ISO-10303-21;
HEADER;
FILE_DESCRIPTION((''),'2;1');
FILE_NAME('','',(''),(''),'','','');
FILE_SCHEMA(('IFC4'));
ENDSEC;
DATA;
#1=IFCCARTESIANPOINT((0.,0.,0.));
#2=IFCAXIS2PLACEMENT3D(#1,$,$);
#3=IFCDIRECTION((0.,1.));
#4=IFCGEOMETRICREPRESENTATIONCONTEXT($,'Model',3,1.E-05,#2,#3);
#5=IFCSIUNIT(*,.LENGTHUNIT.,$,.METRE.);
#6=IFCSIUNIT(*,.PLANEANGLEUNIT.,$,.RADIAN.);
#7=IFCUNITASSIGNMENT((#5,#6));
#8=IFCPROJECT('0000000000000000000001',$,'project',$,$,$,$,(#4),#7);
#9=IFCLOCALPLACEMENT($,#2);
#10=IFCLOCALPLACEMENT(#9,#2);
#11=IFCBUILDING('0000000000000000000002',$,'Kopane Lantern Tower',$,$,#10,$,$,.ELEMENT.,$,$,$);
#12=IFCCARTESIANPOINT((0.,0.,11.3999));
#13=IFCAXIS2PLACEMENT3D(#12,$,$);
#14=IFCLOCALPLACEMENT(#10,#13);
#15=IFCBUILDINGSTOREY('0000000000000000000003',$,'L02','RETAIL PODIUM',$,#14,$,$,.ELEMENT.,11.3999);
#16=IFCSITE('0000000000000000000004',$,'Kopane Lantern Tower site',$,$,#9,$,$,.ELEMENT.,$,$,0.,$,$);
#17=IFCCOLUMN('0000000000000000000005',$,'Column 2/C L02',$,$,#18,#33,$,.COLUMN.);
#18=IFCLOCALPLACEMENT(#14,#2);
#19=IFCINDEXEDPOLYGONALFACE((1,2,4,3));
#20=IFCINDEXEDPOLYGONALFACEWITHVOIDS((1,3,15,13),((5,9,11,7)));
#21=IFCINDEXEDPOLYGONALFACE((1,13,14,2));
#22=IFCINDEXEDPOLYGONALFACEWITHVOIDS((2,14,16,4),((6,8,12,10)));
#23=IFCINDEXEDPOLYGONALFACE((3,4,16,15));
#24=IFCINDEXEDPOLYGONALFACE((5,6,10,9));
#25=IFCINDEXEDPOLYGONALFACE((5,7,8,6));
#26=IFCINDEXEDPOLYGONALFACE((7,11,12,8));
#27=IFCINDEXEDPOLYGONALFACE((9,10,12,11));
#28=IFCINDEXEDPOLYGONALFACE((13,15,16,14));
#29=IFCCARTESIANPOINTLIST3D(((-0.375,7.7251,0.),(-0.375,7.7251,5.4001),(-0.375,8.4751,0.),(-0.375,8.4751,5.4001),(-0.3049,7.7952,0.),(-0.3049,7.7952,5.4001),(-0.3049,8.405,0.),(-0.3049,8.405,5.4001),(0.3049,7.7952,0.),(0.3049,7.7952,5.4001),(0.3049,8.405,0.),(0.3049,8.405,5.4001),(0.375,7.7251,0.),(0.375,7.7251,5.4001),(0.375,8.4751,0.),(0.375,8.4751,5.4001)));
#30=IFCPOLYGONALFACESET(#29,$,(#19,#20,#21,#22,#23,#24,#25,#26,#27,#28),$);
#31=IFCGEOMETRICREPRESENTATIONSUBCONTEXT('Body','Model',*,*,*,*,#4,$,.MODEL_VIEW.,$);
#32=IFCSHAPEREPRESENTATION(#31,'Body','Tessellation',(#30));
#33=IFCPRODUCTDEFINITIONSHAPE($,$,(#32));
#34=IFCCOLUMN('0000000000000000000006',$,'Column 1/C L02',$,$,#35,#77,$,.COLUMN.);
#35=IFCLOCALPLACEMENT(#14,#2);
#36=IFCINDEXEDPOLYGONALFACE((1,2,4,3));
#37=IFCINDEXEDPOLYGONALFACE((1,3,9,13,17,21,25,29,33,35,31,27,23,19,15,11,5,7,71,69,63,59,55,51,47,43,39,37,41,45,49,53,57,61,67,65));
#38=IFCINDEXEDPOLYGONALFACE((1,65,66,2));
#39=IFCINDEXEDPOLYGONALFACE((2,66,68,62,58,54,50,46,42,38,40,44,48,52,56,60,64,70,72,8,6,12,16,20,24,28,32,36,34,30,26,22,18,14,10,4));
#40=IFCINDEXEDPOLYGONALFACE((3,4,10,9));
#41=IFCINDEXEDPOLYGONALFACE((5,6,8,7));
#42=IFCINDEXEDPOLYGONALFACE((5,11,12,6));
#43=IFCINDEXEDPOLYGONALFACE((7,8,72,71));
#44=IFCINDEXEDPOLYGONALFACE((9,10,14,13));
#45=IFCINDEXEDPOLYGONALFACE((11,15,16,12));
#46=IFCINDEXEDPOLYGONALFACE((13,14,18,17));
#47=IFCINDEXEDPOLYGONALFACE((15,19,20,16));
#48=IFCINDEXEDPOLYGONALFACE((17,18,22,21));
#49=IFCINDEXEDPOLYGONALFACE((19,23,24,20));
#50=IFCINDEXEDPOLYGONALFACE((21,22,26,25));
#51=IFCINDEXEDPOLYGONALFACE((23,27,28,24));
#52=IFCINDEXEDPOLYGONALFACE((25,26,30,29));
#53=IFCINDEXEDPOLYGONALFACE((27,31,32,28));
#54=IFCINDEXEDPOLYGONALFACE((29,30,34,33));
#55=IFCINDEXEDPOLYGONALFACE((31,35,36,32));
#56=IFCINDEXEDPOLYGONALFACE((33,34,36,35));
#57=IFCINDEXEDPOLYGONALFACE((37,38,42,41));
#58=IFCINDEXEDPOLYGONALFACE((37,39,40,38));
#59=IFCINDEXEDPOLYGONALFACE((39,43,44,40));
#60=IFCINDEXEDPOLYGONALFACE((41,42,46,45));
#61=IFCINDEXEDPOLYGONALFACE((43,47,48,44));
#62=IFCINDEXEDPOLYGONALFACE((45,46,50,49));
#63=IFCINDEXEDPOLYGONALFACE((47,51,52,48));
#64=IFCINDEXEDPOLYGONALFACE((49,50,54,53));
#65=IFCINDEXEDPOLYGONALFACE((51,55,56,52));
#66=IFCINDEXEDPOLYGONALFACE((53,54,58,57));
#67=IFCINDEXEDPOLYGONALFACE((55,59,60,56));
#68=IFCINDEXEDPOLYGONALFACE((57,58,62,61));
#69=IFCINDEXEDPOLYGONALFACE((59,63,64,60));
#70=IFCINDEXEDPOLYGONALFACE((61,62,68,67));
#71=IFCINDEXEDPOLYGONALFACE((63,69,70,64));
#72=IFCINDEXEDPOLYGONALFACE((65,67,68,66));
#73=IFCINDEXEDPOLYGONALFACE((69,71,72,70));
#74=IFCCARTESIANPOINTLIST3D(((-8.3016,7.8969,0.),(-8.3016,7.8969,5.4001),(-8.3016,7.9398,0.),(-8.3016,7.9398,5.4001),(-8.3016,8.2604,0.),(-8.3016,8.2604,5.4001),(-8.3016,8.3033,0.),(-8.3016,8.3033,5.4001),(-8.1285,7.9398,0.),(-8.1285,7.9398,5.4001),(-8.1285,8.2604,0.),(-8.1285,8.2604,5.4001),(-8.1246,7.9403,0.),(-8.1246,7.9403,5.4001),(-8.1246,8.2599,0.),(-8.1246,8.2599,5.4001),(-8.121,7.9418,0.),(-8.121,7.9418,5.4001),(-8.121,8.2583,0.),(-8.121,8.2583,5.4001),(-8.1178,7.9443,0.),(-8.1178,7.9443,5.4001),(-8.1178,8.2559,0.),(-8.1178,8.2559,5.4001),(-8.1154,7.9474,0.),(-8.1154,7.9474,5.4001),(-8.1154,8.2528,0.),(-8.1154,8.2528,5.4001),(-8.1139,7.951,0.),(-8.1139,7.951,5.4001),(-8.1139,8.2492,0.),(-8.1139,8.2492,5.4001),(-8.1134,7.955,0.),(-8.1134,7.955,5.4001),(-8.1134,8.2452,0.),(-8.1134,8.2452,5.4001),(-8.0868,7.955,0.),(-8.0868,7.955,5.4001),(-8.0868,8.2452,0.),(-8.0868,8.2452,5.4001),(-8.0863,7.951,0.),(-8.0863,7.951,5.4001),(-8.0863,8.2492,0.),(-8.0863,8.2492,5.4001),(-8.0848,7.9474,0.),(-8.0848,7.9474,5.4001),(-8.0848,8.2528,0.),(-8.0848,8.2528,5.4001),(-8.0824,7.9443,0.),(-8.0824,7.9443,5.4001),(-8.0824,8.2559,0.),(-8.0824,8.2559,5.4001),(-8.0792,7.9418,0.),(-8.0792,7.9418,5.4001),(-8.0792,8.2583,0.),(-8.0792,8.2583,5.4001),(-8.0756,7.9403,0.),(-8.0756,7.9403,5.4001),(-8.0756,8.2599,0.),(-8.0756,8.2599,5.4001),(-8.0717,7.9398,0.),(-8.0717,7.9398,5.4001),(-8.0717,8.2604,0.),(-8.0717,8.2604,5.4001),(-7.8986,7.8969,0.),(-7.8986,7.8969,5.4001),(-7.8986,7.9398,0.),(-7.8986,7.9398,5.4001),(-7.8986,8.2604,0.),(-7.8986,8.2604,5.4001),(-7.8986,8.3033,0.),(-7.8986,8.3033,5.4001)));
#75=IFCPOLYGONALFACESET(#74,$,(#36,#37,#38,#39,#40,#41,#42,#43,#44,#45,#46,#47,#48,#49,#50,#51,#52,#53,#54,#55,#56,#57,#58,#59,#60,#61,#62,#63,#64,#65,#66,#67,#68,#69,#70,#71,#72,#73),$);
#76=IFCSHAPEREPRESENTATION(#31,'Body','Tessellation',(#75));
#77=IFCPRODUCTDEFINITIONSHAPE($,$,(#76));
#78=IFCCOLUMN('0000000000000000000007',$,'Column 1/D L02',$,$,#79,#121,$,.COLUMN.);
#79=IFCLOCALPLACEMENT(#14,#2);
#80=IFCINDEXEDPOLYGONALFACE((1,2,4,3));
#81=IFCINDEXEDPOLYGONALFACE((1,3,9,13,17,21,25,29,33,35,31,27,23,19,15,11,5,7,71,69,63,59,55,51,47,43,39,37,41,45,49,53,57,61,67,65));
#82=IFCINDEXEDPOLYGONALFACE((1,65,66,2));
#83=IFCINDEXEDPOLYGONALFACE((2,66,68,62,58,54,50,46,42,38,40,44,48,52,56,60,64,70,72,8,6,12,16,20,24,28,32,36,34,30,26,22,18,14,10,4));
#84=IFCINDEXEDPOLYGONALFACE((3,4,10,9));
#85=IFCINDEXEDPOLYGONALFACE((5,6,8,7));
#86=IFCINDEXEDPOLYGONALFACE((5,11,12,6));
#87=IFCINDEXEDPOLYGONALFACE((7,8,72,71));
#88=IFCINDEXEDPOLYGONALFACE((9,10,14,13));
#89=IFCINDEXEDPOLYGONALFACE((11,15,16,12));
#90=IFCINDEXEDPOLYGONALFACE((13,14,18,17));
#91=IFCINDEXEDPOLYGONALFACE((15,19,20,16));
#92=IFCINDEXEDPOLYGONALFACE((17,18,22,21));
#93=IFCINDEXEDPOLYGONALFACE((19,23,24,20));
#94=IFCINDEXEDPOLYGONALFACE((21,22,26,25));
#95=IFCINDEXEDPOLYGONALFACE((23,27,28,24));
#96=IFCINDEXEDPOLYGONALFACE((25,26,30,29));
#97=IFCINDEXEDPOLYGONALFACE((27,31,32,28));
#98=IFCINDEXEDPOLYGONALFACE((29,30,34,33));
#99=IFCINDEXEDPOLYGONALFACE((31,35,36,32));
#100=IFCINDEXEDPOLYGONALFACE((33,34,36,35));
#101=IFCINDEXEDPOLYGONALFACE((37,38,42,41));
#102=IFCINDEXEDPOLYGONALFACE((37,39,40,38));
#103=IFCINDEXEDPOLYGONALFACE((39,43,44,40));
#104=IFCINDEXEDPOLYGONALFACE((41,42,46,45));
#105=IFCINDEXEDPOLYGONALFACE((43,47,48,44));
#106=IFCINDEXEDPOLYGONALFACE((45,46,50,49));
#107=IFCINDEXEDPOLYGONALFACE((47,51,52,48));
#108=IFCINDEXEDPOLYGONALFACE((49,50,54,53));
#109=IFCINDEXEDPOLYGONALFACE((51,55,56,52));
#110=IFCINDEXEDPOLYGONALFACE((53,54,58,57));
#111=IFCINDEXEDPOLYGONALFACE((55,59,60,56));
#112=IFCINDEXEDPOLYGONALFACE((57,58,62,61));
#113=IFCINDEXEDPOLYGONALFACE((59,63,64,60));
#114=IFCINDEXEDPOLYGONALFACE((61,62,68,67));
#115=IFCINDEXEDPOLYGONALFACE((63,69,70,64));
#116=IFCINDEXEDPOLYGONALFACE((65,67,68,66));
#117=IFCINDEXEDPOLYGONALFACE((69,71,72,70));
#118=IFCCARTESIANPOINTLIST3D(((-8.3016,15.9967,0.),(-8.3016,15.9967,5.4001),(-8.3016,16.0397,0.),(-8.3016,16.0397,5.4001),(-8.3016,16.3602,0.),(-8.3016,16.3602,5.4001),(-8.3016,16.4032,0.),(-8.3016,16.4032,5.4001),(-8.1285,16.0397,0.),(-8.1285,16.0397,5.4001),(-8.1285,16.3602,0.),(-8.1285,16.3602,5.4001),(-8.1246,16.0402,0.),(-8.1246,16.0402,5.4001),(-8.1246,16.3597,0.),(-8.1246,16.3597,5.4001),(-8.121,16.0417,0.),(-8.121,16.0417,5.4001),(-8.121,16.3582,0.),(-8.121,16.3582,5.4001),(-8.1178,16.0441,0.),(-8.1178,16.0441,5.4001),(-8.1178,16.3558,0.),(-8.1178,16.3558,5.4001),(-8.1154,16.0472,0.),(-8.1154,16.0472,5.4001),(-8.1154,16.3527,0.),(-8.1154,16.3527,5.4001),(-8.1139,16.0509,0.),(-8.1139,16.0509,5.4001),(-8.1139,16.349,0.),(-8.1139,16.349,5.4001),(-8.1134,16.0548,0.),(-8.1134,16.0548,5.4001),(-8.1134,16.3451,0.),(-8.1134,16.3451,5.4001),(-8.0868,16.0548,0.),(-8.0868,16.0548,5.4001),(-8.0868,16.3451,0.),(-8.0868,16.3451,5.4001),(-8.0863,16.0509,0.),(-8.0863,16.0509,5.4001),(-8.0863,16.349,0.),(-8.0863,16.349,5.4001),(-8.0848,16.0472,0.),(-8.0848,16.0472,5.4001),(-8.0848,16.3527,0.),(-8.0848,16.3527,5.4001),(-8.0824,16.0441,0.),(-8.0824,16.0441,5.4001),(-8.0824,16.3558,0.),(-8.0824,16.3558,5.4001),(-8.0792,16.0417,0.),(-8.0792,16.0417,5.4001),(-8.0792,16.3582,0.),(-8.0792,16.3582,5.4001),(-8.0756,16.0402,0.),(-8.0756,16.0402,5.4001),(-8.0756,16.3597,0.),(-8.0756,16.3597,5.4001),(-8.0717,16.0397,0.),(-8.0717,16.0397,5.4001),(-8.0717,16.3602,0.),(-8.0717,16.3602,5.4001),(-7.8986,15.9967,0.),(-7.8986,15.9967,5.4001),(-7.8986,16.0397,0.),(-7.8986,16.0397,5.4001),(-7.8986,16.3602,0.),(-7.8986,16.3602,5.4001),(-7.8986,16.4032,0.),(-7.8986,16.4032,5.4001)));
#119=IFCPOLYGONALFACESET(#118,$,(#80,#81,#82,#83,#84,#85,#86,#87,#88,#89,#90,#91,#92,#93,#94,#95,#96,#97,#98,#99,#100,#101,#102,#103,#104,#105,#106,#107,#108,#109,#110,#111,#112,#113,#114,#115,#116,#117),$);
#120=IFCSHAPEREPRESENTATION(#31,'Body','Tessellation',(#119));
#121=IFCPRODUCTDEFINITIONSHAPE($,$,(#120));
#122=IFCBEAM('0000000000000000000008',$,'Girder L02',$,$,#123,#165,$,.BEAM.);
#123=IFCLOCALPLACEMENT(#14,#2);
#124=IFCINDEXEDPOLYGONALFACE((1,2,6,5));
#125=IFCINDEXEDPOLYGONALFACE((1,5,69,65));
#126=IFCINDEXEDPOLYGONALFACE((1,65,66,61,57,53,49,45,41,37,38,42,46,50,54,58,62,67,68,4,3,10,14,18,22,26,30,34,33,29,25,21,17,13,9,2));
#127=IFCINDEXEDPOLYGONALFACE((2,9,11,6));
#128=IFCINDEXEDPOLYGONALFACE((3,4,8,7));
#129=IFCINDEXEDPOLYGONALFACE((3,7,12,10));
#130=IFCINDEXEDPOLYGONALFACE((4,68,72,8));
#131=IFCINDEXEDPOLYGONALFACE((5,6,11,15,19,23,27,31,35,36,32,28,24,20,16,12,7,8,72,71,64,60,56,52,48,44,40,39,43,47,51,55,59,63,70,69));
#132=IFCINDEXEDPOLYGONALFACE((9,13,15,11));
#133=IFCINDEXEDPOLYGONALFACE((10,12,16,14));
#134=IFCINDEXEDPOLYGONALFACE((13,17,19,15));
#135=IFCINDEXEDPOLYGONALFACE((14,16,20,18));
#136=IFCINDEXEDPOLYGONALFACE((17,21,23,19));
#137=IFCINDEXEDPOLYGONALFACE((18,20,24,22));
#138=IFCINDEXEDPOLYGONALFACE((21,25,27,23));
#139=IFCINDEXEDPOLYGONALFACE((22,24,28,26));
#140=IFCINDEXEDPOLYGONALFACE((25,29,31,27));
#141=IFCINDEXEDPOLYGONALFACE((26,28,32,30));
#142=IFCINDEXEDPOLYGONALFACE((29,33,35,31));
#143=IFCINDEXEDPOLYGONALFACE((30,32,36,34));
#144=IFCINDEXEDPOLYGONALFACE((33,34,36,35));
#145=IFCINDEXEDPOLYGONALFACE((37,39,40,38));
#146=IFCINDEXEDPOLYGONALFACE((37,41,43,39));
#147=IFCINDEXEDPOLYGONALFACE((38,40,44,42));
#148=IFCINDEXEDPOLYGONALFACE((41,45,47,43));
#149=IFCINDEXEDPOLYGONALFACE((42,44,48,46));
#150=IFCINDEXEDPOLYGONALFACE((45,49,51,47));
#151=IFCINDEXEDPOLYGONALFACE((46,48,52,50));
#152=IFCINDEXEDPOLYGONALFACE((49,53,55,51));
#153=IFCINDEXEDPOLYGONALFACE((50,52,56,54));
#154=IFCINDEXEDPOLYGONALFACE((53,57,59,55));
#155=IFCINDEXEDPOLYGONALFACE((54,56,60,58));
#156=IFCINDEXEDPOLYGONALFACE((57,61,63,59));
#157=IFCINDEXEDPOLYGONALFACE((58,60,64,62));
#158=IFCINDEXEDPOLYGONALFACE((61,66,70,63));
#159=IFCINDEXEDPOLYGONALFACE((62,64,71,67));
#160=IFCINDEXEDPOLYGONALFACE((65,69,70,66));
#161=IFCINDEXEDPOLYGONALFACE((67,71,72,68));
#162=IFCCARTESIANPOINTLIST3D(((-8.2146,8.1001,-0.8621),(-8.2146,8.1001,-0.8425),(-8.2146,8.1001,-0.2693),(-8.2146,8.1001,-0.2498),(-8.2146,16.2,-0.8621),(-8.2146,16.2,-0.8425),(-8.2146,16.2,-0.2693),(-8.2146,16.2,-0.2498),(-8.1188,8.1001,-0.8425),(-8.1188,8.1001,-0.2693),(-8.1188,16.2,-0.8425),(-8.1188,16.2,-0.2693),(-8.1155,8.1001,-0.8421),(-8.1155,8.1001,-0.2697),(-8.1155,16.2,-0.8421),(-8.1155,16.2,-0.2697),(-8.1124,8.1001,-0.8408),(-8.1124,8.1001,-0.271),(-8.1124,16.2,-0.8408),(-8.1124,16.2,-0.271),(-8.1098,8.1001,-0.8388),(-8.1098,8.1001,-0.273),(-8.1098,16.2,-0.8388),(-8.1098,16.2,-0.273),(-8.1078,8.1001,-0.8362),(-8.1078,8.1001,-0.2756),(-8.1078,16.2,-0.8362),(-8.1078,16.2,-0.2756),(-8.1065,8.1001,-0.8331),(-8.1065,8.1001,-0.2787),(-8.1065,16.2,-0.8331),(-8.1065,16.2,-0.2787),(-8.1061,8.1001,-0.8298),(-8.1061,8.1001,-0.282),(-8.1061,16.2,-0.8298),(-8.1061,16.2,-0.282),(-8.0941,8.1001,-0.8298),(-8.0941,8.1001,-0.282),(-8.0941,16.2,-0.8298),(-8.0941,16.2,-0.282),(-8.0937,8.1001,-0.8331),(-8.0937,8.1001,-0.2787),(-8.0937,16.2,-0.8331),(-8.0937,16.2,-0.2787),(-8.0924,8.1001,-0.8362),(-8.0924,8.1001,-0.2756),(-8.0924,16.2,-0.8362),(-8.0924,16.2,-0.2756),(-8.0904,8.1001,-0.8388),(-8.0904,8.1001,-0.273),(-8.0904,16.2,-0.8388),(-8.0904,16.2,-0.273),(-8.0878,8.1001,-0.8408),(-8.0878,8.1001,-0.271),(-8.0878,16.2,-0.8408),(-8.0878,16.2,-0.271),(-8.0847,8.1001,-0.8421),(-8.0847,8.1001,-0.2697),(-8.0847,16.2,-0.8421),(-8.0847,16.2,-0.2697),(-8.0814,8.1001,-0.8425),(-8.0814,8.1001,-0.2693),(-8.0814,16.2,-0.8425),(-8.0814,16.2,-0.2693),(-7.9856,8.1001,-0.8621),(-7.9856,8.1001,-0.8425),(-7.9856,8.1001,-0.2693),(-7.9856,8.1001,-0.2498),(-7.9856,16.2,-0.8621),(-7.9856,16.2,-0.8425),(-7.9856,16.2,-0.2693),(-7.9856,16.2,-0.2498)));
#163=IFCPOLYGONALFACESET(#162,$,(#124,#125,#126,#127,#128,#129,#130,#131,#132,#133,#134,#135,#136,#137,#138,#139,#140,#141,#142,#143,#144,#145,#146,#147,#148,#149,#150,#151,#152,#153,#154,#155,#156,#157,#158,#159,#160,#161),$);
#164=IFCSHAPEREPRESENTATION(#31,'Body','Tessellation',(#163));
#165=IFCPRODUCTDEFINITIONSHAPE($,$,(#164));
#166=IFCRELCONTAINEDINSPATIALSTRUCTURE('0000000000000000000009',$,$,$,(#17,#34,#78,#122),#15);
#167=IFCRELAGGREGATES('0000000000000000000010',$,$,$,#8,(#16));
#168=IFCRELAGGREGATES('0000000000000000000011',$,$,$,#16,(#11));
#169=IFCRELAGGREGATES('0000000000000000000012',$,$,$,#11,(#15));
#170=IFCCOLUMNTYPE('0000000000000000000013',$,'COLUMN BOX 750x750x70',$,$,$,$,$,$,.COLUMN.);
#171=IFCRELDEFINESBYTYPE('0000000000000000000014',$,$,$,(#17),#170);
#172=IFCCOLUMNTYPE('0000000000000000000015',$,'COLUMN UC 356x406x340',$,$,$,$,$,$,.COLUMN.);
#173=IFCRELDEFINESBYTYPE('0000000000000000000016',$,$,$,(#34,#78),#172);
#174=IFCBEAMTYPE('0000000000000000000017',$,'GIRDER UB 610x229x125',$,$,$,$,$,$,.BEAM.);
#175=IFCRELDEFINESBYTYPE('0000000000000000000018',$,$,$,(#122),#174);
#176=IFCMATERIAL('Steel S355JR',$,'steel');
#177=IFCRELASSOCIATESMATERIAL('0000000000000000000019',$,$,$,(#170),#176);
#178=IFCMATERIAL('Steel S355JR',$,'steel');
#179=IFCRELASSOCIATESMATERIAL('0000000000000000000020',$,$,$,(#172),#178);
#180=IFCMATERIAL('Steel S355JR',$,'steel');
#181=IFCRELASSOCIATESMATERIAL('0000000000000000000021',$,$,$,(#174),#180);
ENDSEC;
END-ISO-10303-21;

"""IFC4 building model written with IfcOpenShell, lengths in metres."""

from ifc_helpers import new_model, si_unit, direction, frame, origin, origin_2d, place, context, subcontext, project, spatial, hollow_rectangle, i_section, extrude, material, material_profile, profile_set, type_object, element, save


model = new_model("IFC4")

# Units and contexts
model_context = context("Model", 3, precision=1e-05, world=origin(), true_north=direction((0.0, 1.0)))
body_context = subcontext(model_context, "Body", "Model", "MODEL_VIEW")
ifc_project = project(units=[si_unit("LENGTHUNIT", "METRE"), si_unit("PLANEANGLEUNIT", "RADIAN")], contexts=[model_context])

# Site, building, storey
site_placement = place(None, origin())
site = spatial("IfcSite", under=ifc_project, at=site_placement, Name="Kopane Lantern Tower site", CompositionType="ELEMENT", RefElevation=0.0)
building_placement = place(site_placement, origin())
building = spatial("IfcBuilding", under=site, at=building_placement, Name="Kopane Lantern Tower", CompositionType="ELEMENT")
storey_placement = place(building_placement, frame((0.0, 0.0, 11.3999)))
storey = spatial("IfcBuildingStorey", under=building, at=storey_placement, Name="L02", Description="RETAIL PODIUM", CompositionType="ELEMENT", Elevation=11.3999)

# Columns
ifc_material_1 = material(Name="Steel S355JR", Category="steel")
ifc_material_profile_1 = material_profile(ifc_material_1, hollow_rectangle(XDim=0.75, YDim=0.75, WallThickness=0.0701, at=origin_2d()), Name="BOX 750x750x70")
ifc_profile_set_1 = profile_set([ifc_material_profile_1], Name="Steel S355JR")
column_type_1 = type_object("IfcColumnType", Name="COLUMN BOX 750x750x70", PredefinedType="COLUMN", material=ifc_profile_set_1)
column_placement = place(storey_placement, frame((0.0, 8.1001, 0.0), z_axis=(0.0, 0.0, 1.0), x_axis=(1.0, 0.0, 0.0)))
element("IfcColumn", 1, at=column_placement, inside=storey, type_object=column_type_1, Name="Column 2/C L02", PredefinedType="COLUMN", context=body_context, shape_type="SweptSolid", body=[
    extrude(hollow_rectangle(XDim=0.75, YDim=0.75, WallThickness=0.0701, at=origin_2d()), origin(), (0.0, 0.0, 1.0), 5.4001),
])
ifc_material_2 = material(Name="Steel S355JR", Category="steel")
ifc_material_profile_2 = material_profile(ifc_material_2, i_section(OverallWidth=0.4031, OverallDepth=0.4065, WebThickness=0.0266, FlangeThickness=0.043, FilletRadius=0.0151, at=origin_2d()), Name="UC 356x406x340")
ifc_profile_set_2 = profile_set([ifc_material_profile_2], Name="Steel S355JR")
column_type_2 = type_object("IfcColumnType", Name="COLUMN UC 356x406x340", PredefinedType="COLUMN", material=ifc_profile_set_2)
for number, where, z_axis, x_axis, name in (
    (2, (-8.1001, 8.1001, 0.0), (0.0, 0.0, 1.0), (1.0, 0.0, 0.0), "Column 1/C L02"),
    (3, (-8.1001, 16.2, 0.0), (0.0, 0.0, 1.0), (1.0, 0.0, 0.0), "Column 1/D L02"),
):
    element("IfcColumn", number, at=place(storey_placement, frame(where, z_axis=z_axis, x_axis=x_axis)), inside=storey, type_object=column_type_2, Name=name, PredefinedType="COLUMN", context=body_context, shape_type="SweptSolid", body=[
        extrude(i_section(OverallWidth=0.4031, OverallDepth=0.4065, WebThickness=0.0266, FlangeThickness=0.043, FilletRadius=0.0151, at=origin_2d()), origin(), (0.0, 0.0, 1.0), 5.4001),
    ])

# Beam
ifc_material_3 = material(Name="Steel S355JR", Category="steel")
ifc_material_profile_3 = material_profile(ifc_material_3, i_section(OverallWidth=0.229, OverallDepth=0.6123, WebThickness=0.012, FlangeThickness=0.0195, FilletRadius=0.0127, at=origin_2d()), Name="UB 610x229x125")
ifc_profile_set_3 = profile_set([ifc_material_profile_3], Name="Steel S355JR")
beam_type = type_object("IfcBeamType", Name="GIRDER UB 610x229x125", PredefinedType="BEAM", material=ifc_profile_set_3)
beam_1_placement = place(storey_placement, frame((-8.1001, 8.1001, -0.5559), z_axis=(0.0, 1.0, 0.0), x_axis=(-1.0, 0.0, 0.0)))
element("IfcBeam", 4, at=beam_1_placement, inside=storey, type_object=beam_type, Name="Girder L02", PredefinedType="BEAM", context=body_context, shape_type="SweptSolid", body=[
    extrude(i_section(OverallWidth=0.229, OverallDepth=0.6123, WebThickness=0.012, FlangeThickness=0.0195, FilletRadius=0.0127, at=origin_2d()), origin(), (0.0, 0.0, 1.0), 8.0999),
])

save(model, "model.ifc")
